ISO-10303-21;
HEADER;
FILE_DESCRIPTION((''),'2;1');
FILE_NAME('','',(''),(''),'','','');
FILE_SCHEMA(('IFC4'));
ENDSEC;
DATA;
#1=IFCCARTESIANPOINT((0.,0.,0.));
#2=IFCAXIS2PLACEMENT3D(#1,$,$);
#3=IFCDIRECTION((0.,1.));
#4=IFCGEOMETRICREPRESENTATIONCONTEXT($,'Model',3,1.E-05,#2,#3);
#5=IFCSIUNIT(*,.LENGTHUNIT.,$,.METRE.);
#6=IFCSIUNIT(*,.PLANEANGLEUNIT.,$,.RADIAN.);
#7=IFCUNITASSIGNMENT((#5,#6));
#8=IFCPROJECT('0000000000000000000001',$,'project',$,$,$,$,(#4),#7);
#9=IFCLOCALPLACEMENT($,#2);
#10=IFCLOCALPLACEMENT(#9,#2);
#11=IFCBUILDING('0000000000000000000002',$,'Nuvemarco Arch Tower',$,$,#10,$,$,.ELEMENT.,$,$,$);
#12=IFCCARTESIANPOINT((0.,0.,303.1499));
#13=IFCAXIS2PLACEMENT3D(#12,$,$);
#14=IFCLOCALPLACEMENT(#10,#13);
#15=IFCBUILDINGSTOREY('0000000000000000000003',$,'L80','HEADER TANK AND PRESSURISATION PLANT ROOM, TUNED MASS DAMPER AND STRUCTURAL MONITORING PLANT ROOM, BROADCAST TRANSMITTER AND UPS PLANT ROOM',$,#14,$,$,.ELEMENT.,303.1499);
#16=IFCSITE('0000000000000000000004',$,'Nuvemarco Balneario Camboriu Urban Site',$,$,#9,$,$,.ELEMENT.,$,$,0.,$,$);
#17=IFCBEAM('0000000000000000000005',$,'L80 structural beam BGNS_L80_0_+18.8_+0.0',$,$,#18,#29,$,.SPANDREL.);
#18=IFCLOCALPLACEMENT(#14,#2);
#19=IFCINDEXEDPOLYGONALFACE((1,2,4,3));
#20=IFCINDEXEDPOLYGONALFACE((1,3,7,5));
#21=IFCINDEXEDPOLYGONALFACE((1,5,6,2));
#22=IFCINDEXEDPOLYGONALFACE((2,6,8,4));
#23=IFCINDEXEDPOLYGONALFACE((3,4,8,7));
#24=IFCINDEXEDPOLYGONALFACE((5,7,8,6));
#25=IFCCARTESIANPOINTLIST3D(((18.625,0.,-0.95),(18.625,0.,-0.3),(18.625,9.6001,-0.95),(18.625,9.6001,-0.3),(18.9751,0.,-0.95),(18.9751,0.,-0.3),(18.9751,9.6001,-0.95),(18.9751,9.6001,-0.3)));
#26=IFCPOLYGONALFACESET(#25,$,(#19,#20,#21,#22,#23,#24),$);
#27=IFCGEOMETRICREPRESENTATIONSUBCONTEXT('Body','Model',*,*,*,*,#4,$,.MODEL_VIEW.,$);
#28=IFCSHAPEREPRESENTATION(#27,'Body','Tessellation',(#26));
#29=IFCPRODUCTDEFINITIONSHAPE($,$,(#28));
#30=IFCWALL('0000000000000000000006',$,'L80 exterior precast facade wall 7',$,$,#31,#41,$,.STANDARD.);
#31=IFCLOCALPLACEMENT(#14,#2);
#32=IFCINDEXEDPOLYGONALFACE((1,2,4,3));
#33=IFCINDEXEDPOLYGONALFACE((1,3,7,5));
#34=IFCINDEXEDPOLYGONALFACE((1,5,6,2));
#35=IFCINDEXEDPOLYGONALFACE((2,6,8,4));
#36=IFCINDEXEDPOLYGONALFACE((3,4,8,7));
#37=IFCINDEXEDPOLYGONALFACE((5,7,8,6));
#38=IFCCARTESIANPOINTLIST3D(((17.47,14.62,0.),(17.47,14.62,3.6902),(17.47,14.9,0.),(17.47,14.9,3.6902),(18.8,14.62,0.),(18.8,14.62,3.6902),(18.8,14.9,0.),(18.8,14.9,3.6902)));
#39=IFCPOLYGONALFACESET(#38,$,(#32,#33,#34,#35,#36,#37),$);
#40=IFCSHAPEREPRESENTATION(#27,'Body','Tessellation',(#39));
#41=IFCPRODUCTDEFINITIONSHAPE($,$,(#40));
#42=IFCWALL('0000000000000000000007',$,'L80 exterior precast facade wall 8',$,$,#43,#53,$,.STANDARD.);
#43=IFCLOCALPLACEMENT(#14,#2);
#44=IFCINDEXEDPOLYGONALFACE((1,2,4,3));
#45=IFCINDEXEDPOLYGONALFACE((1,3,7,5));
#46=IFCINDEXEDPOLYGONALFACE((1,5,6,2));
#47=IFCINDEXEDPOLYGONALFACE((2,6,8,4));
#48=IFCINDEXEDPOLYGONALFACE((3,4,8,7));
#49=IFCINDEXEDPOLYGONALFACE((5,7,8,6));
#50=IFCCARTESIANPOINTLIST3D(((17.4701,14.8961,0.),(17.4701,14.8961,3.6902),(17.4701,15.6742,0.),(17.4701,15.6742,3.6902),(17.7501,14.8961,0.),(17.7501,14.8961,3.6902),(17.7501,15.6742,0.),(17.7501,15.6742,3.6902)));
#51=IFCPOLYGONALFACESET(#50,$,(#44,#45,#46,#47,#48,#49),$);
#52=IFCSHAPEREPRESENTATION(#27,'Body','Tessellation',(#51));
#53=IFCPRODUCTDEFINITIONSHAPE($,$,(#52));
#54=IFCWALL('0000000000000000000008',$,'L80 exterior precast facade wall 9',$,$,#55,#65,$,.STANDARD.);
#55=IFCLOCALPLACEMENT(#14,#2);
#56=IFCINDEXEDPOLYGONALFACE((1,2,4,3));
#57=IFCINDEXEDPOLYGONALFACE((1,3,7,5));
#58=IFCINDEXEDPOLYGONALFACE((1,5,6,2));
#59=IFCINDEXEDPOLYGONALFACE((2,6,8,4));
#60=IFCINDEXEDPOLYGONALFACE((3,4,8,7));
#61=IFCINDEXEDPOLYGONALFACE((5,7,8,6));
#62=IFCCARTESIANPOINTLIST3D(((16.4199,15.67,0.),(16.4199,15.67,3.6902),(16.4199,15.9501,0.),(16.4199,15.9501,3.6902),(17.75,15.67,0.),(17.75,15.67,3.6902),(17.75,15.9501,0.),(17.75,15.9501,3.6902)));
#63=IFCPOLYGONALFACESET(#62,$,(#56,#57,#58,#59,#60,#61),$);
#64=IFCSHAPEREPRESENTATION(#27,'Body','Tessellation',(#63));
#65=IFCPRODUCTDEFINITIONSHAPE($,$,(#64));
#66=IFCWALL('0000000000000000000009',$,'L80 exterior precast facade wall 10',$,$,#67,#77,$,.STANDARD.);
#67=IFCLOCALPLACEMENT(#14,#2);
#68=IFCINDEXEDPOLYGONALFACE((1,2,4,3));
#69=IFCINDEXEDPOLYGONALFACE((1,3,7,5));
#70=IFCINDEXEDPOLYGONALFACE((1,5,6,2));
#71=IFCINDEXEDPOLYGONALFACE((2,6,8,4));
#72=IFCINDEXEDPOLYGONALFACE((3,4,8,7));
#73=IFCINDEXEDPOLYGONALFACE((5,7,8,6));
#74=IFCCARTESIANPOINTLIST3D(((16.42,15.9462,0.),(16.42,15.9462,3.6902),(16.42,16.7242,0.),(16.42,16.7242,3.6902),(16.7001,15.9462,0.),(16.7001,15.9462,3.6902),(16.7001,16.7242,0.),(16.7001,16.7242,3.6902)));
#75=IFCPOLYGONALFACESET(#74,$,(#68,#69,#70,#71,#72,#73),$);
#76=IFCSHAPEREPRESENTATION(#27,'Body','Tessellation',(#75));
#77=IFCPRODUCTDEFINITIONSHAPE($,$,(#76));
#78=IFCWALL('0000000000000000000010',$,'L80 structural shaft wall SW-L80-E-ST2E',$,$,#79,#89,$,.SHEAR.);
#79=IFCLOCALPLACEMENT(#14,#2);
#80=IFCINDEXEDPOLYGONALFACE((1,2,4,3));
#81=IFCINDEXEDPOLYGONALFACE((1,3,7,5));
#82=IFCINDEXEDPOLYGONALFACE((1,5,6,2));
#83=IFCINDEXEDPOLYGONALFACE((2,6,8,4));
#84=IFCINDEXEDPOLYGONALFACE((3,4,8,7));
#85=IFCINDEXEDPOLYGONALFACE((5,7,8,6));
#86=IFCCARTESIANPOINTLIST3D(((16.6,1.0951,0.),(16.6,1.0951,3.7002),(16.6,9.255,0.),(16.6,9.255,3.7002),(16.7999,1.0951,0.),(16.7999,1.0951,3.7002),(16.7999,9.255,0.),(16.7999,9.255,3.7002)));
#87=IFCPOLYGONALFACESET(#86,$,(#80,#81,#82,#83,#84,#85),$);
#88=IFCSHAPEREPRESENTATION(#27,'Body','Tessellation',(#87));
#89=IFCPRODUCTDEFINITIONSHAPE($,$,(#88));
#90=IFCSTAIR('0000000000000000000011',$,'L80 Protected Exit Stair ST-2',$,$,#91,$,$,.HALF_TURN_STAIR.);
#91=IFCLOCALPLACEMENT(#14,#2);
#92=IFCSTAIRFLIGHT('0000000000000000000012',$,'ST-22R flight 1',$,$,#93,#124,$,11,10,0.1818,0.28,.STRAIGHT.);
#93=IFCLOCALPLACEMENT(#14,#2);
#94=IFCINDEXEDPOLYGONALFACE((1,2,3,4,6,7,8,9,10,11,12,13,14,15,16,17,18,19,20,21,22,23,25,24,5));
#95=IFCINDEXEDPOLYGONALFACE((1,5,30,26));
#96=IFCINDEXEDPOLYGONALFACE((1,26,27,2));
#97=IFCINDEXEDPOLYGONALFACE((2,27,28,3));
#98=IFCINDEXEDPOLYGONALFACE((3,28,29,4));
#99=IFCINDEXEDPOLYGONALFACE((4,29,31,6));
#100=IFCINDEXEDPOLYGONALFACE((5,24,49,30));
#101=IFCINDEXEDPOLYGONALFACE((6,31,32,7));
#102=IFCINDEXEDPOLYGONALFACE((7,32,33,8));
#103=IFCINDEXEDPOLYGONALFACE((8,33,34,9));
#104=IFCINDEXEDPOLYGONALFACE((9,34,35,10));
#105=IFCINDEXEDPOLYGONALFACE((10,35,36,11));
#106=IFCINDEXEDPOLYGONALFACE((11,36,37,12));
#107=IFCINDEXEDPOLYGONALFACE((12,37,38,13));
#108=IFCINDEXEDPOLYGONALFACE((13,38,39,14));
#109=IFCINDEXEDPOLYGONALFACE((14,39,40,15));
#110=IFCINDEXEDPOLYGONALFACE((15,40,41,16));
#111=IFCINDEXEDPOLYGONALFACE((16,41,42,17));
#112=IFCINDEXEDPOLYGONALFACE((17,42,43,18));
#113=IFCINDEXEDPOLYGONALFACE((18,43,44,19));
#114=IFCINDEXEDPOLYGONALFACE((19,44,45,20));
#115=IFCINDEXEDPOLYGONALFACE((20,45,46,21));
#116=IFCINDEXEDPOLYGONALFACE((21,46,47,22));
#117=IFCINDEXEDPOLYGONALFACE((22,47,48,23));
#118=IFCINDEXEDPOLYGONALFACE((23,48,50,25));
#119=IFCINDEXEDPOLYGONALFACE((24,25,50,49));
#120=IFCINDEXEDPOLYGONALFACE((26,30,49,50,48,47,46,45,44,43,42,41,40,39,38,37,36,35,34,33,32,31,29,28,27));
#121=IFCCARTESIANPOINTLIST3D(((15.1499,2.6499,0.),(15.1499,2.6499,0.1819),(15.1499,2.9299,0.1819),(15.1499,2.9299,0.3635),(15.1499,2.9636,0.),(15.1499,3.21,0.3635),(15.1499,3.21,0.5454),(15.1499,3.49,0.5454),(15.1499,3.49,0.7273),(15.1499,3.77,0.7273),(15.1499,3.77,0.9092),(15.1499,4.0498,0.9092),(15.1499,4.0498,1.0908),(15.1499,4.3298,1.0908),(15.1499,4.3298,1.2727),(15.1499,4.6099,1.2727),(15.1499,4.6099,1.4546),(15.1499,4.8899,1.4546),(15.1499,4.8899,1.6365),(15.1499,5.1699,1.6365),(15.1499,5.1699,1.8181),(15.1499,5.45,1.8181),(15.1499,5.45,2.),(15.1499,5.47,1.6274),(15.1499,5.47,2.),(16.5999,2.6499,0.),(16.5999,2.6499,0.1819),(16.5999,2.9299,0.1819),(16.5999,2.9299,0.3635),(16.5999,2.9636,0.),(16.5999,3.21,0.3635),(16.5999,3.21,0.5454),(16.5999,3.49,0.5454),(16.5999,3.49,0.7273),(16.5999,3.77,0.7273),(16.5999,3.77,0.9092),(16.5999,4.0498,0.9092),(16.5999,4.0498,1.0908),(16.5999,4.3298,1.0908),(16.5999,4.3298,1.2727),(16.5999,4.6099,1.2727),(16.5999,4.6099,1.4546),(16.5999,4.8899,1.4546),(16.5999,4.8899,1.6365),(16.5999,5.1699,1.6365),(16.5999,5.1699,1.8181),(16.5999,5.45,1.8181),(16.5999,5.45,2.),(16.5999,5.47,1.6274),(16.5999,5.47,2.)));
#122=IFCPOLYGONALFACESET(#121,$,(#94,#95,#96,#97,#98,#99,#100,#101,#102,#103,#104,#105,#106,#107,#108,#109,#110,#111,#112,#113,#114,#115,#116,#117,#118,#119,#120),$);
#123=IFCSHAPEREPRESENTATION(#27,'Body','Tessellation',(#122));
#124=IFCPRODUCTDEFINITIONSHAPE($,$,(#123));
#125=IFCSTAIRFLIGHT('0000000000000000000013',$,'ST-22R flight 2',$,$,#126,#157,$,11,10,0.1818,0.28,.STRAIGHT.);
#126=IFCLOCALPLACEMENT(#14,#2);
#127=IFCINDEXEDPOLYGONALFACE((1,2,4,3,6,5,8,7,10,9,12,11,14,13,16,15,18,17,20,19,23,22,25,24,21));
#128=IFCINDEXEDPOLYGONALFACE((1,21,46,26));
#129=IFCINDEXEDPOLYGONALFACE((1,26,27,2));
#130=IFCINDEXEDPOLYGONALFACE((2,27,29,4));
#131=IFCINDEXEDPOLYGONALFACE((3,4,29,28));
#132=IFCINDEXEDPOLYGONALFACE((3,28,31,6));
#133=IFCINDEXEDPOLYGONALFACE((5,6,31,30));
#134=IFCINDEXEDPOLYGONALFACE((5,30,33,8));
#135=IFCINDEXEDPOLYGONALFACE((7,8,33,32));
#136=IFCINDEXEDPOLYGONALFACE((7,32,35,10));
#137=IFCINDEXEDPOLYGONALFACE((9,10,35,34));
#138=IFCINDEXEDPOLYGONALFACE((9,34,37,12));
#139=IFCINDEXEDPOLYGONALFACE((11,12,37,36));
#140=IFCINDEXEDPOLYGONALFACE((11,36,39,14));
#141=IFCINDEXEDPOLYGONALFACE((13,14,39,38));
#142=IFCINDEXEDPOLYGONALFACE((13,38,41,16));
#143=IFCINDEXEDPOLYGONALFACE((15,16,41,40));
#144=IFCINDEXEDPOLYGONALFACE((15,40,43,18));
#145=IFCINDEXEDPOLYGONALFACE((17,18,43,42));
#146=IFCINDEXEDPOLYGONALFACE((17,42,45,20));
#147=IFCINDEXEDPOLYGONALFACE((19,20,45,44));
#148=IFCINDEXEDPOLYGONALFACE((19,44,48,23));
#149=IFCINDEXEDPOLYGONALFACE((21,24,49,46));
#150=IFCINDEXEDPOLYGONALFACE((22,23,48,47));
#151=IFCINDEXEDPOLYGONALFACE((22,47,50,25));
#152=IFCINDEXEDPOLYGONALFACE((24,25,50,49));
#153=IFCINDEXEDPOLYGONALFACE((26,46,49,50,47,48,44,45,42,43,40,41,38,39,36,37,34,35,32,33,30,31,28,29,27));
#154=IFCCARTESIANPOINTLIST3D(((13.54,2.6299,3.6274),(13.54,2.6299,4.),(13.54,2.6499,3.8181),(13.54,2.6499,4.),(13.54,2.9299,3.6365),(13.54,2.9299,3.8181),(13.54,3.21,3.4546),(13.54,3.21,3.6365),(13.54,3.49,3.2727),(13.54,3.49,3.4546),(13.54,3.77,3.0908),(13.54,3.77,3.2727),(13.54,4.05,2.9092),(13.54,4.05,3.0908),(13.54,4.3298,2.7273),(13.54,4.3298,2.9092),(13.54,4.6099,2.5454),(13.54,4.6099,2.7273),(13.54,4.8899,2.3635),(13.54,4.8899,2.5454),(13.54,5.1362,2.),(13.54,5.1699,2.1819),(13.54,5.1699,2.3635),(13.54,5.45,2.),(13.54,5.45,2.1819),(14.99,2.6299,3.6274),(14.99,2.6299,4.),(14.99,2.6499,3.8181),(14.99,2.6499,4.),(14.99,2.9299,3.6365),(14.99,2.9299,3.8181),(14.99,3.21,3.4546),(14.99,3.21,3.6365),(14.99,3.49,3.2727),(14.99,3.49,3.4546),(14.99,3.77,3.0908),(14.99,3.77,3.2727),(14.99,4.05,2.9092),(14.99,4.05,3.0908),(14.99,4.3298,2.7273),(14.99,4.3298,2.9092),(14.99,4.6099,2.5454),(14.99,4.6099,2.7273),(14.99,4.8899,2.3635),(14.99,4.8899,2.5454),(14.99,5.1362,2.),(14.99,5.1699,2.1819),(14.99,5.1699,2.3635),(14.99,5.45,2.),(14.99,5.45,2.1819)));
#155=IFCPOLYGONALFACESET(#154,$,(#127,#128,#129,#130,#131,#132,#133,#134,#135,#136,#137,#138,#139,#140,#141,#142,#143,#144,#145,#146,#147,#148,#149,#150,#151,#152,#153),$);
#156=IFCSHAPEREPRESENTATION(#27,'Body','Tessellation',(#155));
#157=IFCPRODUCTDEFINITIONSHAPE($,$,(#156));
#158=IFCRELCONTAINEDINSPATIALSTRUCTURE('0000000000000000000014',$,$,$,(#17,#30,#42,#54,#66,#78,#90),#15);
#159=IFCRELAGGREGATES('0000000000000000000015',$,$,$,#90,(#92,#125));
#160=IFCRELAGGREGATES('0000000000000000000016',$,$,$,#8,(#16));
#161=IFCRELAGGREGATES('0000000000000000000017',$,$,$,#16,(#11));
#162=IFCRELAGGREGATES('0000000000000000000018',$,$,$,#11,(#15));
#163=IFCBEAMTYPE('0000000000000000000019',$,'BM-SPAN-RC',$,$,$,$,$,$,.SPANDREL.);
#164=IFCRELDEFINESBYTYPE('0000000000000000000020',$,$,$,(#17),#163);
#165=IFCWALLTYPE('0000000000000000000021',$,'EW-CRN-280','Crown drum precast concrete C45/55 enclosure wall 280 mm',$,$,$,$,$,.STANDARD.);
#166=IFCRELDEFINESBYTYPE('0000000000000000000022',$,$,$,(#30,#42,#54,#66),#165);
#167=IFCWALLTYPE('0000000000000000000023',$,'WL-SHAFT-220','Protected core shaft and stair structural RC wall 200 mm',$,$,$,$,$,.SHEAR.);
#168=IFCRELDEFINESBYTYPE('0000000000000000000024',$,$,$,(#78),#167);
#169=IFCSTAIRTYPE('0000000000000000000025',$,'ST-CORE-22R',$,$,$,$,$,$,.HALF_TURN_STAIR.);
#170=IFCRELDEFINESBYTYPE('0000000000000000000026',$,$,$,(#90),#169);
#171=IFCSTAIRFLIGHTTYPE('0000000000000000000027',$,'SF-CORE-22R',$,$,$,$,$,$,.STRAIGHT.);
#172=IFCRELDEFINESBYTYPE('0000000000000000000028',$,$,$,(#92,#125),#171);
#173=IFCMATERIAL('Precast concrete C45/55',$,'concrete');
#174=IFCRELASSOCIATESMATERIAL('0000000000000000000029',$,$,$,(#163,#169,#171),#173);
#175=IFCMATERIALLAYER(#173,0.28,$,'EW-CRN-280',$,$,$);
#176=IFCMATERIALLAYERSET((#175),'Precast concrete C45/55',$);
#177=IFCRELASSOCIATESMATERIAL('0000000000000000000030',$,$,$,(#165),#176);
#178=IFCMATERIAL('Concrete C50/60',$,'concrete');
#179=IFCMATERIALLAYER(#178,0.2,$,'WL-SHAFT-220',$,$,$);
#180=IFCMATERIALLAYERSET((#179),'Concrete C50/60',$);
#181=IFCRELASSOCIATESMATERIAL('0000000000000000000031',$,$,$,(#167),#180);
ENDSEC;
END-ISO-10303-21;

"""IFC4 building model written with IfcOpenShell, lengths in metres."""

from ifc_helpers import new_model, si_unit, direction, frame, frame_2d, origin, origin_2d, place, context, subcontext, project, spatial, polyline, rectangle, outline, extrude, material, layer, layer_set, material_profile, profile_set, type_object, element, aggregate, save


model = new_model("IFC4")

# Units and contexts
model_context = context("Model", 3, precision=1e-05, world=origin(), true_north=direction((0.0, 1.0)))
body_context = subcontext(model_context, "Body", "Model", "MODEL_VIEW")
ifc_project = project(units=[si_unit("LENGTHUNIT", "METRE"), si_unit("PLANEANGLEUNIT", "RADIAN")], contexts=[model_context])

# Site, building, storey
site_placement = place(None, origin())
site = spatial("IfcSite", under=ifc_project, at=site_placement, Name="Nuvemarco Balneario Camboriu Urban Site", CompositionType="ELEMENT", RefElevation=0.0)
building_placement = place(site_placement, origin())
building = spatial("IfcBuilding", under=site, at=building_placement, Name="Nuvemarco Arch Tower", CompositionType="ELEMENT")
storey_placement = place(building_placement, frame((0.0, 0.0, 303.1499)))
storey = spatial("IfcBuildingStorey", under=building, at=storey_placement, Name="L80", Description="HEADER TANK AND PRESSURISATION PLANT ROOM, TUNED MASS DAMPER AND STRUCTURAL MONITORING PLANT ROOM, BROADCAST TRANSMITTER AND UPS PLANT ROOM", CompositionType="ELEMENT", Elevation=303.1499)

# Shared definitions
ifc_material_1 = material(Name="Concrete C50/60", Category="concrete")

# Beam
ifc_material_2 = material(Name="Precast concrete C45/55", Category="concrete")
ifc_material_profile_1 = material_profile(ifc_material_2, rectangle(XDim=0.3501, YDim=0.6499, at=origin_2d()), Name="PC-SP-350x650")
ifc_profile_set_1 = profile_set([ifc_material_profile_1], Name="Precast concrete C45/55")
beam_type_1 = type_object("IfcBeamType", Name="BM-SPAN-RC", PredefinedType="SPANDREL", material=ifc_profile_set_1)
beam_1_placement = place(storey_placement, frame((18.8, 0.0, -0.625), z_axis=(0.0, 1.0, 0.0), x_axis=(-1.0, 0.0, 0.0)))
element("IfcBeam", 1, at=beam_1_placement, inside=storey, type_object=beam_type_1, Name="L80 structural beam BGNS_L80_0_+18.8_+0.0", PredefinedType="SPANDREL", context=body_context, shape_type="SweptSolid", body=[
    extrude(rectangle(XDim=0.3501, YDim=0.6499, at=origin_2d()), origin(), (0.0, 0.0, 1.0), 9.6001),
])

# Walls
ifc_layer_1 = layer(ifc_material_2, 0.28, Name="EW-CRN-280")
ifc_layer_set_1 = layer_set([ifc_layer_1], Name="Precast concrete C45/55")
wall_type_1 = type_object("IfcWallType", Name="EW-CRN-280", Description="Crown drum precast concrete C45/55 enclosure wall 280 mm", PredefinedType="STANDARD", material=ifc_layer_set_1)
wall_1_placement = place(storey_placement, frame((17.47, 14.76, 0.0), z_axis=(0.0, 0.0, 1.0), x_axis=(1.0, 0.0, 0.0)))
element("IfcWall", 2, at=wall_1_placement, inside=storey, type_object=wall_type_1, Name="L80 exterior precast facade wall 7", PredefinedType="STANDARD", context=body_context, shape_type="SweptSolid", body=[
    extrude(rectangle(XDim=1.3301, YDim=0.28, at=frame_2d((0.665, 0.0))), origin(), (0.0, 0.0, 1.0), 3.6902),
])
wall_2_placement = place(storey_placement, frame((17.6101, 14.896, 0.0), z_axis=(0.0, 0.0, 1.0), x_axis=(0.0, 1.0, 0.0)))
element("IfcWall", 3, at=wall_2_placement, inside=storey, type_object=wall_type_1, Name="L80 exterior precast facade wall 8", PredefinedType="STANDARD", context=body_context, shape_type="SweptSolid", body=[
    extrude(rectangle(XDim=0.7781, YDim=0.28, at=frame_2d((0.3892, 0.0))), origin(), (0.0, 0.0, 1.0), 3.6902),
])
wall_3_placement = place(storey_placement, frame((16.4199, 15.8101, 0.0), z_axis=(0.0, 0.0, 1.0), x_axis=(1.0, 0.0, 0.0)))
element("IfcWall", 4, at=wall_3_placement, inside=storey, type_object=wall_type_1, Name="L80 exterior precast facade wall 9", PredefinedType="STANDARD", context=body_context, shape_type="SweptSolid", body=[
    extrude(rectangle(XDim=1.3301, YDim=0.28, at=frame_2d((0.665, 0.0))), origin(), (0.0, 0.0, 1.0), 3.6902),
])
wall_4_placement = place(storey_placement, frame((16.5601, 15.946, 0.0), z_axis=(0.0, 0.0, 1.0), x_axis=(0.0, 1.0, 0.0)))
element("IfcWall", 5, at=wall_4_placement, inside=storey, type_object=wall_type_1, Name="L80 exterior precast facade wall 10", PredefinedType="STANDARD", context=body_context, shape_type="SweptSolid", body=[
    extrude(rectangle(XDim=0.7781, YDim=0.28, at=frame_2d((0.3892, 0.0))), origin(), (0.0, 0.0, 1.0), 3.6902),
])
ifc_layer_2 = layer(ifc_material_1, 0.2, Name="WL-SHAFT-220")
ifc_layer_set_2 = layer_set([ifc_layer_2], Name="Concrete C50/60")
wall_type_2 = type_object("IfcWallType", Name="WL-SHAFT-220", Description="Protected core shaft and stair structural RC wall 200 mm", PredefinedType="SHEAR", material=ifc_layer_set_2)
wall_5_placement = place(storey_placement, frame((16.7, 1.095, 0.0), z_axis=(0.0, 0.0, 1.0), x_axis=(0.0, 1.0, 0.0)))
element("IfcWall", 6, at=wall_5_placement, inside=storey, type_object=wall_type_2, Name="L80 structural shaft wall SW-L80-E-ST2E", PredefinedType="SHEAR", context=body_context, shape_type="SweptSolid", body=[
    extrude(rectangle(XDim=8.1599, YDim=0.2, at=frame_2d((4.0801, 0.0))), origin(), (0.0, 0.0, 1.0), 3.7002),
])

# Stair, stair flights
stair_type = type_object("IfcStairType", Name="ST-CORE-22R", PredefinedType="HALF_TURN_STAIR", material=ifc_material_2)
stair_placement = place(storey_placement, origin())
stair = element("IfcStair", 7, at=stair_placement, inside=storey, type_object=stair_type, Name="L80 Protected Exit Stair ST-2", PredefinedType="HALF_TURN_STAIR")
stair_flight_type = type_object("IfcStairFlightType", Name="SF-CORE-22R", PredefinedType="STRAIGHT", material=ifc_material_2)
stair_flight_1_placement = place(storey_placement, frame((15.875, 2.6499, 0.0), z_axis=(0.0, 0.0, 1.0), x_axis=(0.0, 1.0, 0.0)))
stair_flight_1 = element("IfcStairFlight", 8, at=stair_flight_1_placement, type_object=stair_flight_type, Name="ST-22R flight 1", NumberOfRisers=11, NumberOfTreads=10, PredefinedType="STRAIGHT", RiserHeight=0.1818, TreadLength=0.28, context=body_context, shape_type="SweptSolid", body=[
    extrude(outline(polyline([(0.0, 0.0), (0.0, 0.1819), (0.28, 0.1819), (0.28, 0.3635), (0.5601, 0.3635), (0.5601, 0.5454), (0.8401, 0.5454), (0.8401, 0.7273), (1.1201, 0.7273), (1.1201, 0.9092), (1.3999, 0.9092), (1.3999, 1.0908), (1.6799, 1.0908), (1.6799, 1.2727), (1.96, 1.2727), (1.96, 1.4546), (2.24, 1.4546), (2.24, 1.6365), (2.52, 1.6365), (2.52, 1.8181), (2.8, 1.8181), (2.8, 2.0), (2.8201, 2.0), (2.8201, 1.6274), (0.3137, 0.0), (0.0, 0.0)])), frame((0.0, 0.7251, 0.0), z_axis=(0.0, -1.0, 0.0), x_axis=(1.0, 0.0, 0.0)), (0.0, 0.0, 1.0), 1.45),
])
stair_flight_2_placement = place(storey_placement, frame((14.2649, 5.45, 2.0), z_axis=(0.0, 0.0, 1.0), x_axis=(0.0, -1.0, 0.0)))
stair_flight_2 = element("IfcStairFlight", 9, at=stair_flight_2_placement, type_object=stair_flight_type, Name="ST-22R flight 2", NumberOfRisers=11, NumberOfTreads=10, PredefinedType="STRAIGHT", RiserHeight=0.1818, TreadLength=0.28, context=body_context, shape_type="SweptSolid", body=[
    extrude(outline(polyline([(0.0, 0.0), (0.0, 0.1819), (0.28, 0.1819), (0.28, 0.3635), (0.5601, 0.3635), (0.5601, 0.5454), (0.8401, 0.5454), (0.8401, 0.7273), (1.1201, 0.7273), (1.1201, 0.9092), (1.3999, 0.9092), (1.3999, 1.0908), (1.6799, 1.0908), (1.6799, 1.2727), (1.96, 1.2727), (1.96, 1.4546), (2.24, 1.4546), (2.24, 1.6365), (2.52, 1.6365), (2.52, 1.8181), (2.8, 1.8181), (2.8, 2.0), (2.8201, 2.0), (2.8201, 1.6274), (0.3137, 0.0), (0.0, 0.0)])), frame((0.0, 0.7251, 0.0), z_axis=(0.0, -1.0, 0.0), x_axis=(1.0, 0.0, 0.0)), (0.0, 0.0, 1.0), 1.45),
])
aggregate(stair, [stair_flight_1, stair_flight_2])

save(model, "model.ifc")
